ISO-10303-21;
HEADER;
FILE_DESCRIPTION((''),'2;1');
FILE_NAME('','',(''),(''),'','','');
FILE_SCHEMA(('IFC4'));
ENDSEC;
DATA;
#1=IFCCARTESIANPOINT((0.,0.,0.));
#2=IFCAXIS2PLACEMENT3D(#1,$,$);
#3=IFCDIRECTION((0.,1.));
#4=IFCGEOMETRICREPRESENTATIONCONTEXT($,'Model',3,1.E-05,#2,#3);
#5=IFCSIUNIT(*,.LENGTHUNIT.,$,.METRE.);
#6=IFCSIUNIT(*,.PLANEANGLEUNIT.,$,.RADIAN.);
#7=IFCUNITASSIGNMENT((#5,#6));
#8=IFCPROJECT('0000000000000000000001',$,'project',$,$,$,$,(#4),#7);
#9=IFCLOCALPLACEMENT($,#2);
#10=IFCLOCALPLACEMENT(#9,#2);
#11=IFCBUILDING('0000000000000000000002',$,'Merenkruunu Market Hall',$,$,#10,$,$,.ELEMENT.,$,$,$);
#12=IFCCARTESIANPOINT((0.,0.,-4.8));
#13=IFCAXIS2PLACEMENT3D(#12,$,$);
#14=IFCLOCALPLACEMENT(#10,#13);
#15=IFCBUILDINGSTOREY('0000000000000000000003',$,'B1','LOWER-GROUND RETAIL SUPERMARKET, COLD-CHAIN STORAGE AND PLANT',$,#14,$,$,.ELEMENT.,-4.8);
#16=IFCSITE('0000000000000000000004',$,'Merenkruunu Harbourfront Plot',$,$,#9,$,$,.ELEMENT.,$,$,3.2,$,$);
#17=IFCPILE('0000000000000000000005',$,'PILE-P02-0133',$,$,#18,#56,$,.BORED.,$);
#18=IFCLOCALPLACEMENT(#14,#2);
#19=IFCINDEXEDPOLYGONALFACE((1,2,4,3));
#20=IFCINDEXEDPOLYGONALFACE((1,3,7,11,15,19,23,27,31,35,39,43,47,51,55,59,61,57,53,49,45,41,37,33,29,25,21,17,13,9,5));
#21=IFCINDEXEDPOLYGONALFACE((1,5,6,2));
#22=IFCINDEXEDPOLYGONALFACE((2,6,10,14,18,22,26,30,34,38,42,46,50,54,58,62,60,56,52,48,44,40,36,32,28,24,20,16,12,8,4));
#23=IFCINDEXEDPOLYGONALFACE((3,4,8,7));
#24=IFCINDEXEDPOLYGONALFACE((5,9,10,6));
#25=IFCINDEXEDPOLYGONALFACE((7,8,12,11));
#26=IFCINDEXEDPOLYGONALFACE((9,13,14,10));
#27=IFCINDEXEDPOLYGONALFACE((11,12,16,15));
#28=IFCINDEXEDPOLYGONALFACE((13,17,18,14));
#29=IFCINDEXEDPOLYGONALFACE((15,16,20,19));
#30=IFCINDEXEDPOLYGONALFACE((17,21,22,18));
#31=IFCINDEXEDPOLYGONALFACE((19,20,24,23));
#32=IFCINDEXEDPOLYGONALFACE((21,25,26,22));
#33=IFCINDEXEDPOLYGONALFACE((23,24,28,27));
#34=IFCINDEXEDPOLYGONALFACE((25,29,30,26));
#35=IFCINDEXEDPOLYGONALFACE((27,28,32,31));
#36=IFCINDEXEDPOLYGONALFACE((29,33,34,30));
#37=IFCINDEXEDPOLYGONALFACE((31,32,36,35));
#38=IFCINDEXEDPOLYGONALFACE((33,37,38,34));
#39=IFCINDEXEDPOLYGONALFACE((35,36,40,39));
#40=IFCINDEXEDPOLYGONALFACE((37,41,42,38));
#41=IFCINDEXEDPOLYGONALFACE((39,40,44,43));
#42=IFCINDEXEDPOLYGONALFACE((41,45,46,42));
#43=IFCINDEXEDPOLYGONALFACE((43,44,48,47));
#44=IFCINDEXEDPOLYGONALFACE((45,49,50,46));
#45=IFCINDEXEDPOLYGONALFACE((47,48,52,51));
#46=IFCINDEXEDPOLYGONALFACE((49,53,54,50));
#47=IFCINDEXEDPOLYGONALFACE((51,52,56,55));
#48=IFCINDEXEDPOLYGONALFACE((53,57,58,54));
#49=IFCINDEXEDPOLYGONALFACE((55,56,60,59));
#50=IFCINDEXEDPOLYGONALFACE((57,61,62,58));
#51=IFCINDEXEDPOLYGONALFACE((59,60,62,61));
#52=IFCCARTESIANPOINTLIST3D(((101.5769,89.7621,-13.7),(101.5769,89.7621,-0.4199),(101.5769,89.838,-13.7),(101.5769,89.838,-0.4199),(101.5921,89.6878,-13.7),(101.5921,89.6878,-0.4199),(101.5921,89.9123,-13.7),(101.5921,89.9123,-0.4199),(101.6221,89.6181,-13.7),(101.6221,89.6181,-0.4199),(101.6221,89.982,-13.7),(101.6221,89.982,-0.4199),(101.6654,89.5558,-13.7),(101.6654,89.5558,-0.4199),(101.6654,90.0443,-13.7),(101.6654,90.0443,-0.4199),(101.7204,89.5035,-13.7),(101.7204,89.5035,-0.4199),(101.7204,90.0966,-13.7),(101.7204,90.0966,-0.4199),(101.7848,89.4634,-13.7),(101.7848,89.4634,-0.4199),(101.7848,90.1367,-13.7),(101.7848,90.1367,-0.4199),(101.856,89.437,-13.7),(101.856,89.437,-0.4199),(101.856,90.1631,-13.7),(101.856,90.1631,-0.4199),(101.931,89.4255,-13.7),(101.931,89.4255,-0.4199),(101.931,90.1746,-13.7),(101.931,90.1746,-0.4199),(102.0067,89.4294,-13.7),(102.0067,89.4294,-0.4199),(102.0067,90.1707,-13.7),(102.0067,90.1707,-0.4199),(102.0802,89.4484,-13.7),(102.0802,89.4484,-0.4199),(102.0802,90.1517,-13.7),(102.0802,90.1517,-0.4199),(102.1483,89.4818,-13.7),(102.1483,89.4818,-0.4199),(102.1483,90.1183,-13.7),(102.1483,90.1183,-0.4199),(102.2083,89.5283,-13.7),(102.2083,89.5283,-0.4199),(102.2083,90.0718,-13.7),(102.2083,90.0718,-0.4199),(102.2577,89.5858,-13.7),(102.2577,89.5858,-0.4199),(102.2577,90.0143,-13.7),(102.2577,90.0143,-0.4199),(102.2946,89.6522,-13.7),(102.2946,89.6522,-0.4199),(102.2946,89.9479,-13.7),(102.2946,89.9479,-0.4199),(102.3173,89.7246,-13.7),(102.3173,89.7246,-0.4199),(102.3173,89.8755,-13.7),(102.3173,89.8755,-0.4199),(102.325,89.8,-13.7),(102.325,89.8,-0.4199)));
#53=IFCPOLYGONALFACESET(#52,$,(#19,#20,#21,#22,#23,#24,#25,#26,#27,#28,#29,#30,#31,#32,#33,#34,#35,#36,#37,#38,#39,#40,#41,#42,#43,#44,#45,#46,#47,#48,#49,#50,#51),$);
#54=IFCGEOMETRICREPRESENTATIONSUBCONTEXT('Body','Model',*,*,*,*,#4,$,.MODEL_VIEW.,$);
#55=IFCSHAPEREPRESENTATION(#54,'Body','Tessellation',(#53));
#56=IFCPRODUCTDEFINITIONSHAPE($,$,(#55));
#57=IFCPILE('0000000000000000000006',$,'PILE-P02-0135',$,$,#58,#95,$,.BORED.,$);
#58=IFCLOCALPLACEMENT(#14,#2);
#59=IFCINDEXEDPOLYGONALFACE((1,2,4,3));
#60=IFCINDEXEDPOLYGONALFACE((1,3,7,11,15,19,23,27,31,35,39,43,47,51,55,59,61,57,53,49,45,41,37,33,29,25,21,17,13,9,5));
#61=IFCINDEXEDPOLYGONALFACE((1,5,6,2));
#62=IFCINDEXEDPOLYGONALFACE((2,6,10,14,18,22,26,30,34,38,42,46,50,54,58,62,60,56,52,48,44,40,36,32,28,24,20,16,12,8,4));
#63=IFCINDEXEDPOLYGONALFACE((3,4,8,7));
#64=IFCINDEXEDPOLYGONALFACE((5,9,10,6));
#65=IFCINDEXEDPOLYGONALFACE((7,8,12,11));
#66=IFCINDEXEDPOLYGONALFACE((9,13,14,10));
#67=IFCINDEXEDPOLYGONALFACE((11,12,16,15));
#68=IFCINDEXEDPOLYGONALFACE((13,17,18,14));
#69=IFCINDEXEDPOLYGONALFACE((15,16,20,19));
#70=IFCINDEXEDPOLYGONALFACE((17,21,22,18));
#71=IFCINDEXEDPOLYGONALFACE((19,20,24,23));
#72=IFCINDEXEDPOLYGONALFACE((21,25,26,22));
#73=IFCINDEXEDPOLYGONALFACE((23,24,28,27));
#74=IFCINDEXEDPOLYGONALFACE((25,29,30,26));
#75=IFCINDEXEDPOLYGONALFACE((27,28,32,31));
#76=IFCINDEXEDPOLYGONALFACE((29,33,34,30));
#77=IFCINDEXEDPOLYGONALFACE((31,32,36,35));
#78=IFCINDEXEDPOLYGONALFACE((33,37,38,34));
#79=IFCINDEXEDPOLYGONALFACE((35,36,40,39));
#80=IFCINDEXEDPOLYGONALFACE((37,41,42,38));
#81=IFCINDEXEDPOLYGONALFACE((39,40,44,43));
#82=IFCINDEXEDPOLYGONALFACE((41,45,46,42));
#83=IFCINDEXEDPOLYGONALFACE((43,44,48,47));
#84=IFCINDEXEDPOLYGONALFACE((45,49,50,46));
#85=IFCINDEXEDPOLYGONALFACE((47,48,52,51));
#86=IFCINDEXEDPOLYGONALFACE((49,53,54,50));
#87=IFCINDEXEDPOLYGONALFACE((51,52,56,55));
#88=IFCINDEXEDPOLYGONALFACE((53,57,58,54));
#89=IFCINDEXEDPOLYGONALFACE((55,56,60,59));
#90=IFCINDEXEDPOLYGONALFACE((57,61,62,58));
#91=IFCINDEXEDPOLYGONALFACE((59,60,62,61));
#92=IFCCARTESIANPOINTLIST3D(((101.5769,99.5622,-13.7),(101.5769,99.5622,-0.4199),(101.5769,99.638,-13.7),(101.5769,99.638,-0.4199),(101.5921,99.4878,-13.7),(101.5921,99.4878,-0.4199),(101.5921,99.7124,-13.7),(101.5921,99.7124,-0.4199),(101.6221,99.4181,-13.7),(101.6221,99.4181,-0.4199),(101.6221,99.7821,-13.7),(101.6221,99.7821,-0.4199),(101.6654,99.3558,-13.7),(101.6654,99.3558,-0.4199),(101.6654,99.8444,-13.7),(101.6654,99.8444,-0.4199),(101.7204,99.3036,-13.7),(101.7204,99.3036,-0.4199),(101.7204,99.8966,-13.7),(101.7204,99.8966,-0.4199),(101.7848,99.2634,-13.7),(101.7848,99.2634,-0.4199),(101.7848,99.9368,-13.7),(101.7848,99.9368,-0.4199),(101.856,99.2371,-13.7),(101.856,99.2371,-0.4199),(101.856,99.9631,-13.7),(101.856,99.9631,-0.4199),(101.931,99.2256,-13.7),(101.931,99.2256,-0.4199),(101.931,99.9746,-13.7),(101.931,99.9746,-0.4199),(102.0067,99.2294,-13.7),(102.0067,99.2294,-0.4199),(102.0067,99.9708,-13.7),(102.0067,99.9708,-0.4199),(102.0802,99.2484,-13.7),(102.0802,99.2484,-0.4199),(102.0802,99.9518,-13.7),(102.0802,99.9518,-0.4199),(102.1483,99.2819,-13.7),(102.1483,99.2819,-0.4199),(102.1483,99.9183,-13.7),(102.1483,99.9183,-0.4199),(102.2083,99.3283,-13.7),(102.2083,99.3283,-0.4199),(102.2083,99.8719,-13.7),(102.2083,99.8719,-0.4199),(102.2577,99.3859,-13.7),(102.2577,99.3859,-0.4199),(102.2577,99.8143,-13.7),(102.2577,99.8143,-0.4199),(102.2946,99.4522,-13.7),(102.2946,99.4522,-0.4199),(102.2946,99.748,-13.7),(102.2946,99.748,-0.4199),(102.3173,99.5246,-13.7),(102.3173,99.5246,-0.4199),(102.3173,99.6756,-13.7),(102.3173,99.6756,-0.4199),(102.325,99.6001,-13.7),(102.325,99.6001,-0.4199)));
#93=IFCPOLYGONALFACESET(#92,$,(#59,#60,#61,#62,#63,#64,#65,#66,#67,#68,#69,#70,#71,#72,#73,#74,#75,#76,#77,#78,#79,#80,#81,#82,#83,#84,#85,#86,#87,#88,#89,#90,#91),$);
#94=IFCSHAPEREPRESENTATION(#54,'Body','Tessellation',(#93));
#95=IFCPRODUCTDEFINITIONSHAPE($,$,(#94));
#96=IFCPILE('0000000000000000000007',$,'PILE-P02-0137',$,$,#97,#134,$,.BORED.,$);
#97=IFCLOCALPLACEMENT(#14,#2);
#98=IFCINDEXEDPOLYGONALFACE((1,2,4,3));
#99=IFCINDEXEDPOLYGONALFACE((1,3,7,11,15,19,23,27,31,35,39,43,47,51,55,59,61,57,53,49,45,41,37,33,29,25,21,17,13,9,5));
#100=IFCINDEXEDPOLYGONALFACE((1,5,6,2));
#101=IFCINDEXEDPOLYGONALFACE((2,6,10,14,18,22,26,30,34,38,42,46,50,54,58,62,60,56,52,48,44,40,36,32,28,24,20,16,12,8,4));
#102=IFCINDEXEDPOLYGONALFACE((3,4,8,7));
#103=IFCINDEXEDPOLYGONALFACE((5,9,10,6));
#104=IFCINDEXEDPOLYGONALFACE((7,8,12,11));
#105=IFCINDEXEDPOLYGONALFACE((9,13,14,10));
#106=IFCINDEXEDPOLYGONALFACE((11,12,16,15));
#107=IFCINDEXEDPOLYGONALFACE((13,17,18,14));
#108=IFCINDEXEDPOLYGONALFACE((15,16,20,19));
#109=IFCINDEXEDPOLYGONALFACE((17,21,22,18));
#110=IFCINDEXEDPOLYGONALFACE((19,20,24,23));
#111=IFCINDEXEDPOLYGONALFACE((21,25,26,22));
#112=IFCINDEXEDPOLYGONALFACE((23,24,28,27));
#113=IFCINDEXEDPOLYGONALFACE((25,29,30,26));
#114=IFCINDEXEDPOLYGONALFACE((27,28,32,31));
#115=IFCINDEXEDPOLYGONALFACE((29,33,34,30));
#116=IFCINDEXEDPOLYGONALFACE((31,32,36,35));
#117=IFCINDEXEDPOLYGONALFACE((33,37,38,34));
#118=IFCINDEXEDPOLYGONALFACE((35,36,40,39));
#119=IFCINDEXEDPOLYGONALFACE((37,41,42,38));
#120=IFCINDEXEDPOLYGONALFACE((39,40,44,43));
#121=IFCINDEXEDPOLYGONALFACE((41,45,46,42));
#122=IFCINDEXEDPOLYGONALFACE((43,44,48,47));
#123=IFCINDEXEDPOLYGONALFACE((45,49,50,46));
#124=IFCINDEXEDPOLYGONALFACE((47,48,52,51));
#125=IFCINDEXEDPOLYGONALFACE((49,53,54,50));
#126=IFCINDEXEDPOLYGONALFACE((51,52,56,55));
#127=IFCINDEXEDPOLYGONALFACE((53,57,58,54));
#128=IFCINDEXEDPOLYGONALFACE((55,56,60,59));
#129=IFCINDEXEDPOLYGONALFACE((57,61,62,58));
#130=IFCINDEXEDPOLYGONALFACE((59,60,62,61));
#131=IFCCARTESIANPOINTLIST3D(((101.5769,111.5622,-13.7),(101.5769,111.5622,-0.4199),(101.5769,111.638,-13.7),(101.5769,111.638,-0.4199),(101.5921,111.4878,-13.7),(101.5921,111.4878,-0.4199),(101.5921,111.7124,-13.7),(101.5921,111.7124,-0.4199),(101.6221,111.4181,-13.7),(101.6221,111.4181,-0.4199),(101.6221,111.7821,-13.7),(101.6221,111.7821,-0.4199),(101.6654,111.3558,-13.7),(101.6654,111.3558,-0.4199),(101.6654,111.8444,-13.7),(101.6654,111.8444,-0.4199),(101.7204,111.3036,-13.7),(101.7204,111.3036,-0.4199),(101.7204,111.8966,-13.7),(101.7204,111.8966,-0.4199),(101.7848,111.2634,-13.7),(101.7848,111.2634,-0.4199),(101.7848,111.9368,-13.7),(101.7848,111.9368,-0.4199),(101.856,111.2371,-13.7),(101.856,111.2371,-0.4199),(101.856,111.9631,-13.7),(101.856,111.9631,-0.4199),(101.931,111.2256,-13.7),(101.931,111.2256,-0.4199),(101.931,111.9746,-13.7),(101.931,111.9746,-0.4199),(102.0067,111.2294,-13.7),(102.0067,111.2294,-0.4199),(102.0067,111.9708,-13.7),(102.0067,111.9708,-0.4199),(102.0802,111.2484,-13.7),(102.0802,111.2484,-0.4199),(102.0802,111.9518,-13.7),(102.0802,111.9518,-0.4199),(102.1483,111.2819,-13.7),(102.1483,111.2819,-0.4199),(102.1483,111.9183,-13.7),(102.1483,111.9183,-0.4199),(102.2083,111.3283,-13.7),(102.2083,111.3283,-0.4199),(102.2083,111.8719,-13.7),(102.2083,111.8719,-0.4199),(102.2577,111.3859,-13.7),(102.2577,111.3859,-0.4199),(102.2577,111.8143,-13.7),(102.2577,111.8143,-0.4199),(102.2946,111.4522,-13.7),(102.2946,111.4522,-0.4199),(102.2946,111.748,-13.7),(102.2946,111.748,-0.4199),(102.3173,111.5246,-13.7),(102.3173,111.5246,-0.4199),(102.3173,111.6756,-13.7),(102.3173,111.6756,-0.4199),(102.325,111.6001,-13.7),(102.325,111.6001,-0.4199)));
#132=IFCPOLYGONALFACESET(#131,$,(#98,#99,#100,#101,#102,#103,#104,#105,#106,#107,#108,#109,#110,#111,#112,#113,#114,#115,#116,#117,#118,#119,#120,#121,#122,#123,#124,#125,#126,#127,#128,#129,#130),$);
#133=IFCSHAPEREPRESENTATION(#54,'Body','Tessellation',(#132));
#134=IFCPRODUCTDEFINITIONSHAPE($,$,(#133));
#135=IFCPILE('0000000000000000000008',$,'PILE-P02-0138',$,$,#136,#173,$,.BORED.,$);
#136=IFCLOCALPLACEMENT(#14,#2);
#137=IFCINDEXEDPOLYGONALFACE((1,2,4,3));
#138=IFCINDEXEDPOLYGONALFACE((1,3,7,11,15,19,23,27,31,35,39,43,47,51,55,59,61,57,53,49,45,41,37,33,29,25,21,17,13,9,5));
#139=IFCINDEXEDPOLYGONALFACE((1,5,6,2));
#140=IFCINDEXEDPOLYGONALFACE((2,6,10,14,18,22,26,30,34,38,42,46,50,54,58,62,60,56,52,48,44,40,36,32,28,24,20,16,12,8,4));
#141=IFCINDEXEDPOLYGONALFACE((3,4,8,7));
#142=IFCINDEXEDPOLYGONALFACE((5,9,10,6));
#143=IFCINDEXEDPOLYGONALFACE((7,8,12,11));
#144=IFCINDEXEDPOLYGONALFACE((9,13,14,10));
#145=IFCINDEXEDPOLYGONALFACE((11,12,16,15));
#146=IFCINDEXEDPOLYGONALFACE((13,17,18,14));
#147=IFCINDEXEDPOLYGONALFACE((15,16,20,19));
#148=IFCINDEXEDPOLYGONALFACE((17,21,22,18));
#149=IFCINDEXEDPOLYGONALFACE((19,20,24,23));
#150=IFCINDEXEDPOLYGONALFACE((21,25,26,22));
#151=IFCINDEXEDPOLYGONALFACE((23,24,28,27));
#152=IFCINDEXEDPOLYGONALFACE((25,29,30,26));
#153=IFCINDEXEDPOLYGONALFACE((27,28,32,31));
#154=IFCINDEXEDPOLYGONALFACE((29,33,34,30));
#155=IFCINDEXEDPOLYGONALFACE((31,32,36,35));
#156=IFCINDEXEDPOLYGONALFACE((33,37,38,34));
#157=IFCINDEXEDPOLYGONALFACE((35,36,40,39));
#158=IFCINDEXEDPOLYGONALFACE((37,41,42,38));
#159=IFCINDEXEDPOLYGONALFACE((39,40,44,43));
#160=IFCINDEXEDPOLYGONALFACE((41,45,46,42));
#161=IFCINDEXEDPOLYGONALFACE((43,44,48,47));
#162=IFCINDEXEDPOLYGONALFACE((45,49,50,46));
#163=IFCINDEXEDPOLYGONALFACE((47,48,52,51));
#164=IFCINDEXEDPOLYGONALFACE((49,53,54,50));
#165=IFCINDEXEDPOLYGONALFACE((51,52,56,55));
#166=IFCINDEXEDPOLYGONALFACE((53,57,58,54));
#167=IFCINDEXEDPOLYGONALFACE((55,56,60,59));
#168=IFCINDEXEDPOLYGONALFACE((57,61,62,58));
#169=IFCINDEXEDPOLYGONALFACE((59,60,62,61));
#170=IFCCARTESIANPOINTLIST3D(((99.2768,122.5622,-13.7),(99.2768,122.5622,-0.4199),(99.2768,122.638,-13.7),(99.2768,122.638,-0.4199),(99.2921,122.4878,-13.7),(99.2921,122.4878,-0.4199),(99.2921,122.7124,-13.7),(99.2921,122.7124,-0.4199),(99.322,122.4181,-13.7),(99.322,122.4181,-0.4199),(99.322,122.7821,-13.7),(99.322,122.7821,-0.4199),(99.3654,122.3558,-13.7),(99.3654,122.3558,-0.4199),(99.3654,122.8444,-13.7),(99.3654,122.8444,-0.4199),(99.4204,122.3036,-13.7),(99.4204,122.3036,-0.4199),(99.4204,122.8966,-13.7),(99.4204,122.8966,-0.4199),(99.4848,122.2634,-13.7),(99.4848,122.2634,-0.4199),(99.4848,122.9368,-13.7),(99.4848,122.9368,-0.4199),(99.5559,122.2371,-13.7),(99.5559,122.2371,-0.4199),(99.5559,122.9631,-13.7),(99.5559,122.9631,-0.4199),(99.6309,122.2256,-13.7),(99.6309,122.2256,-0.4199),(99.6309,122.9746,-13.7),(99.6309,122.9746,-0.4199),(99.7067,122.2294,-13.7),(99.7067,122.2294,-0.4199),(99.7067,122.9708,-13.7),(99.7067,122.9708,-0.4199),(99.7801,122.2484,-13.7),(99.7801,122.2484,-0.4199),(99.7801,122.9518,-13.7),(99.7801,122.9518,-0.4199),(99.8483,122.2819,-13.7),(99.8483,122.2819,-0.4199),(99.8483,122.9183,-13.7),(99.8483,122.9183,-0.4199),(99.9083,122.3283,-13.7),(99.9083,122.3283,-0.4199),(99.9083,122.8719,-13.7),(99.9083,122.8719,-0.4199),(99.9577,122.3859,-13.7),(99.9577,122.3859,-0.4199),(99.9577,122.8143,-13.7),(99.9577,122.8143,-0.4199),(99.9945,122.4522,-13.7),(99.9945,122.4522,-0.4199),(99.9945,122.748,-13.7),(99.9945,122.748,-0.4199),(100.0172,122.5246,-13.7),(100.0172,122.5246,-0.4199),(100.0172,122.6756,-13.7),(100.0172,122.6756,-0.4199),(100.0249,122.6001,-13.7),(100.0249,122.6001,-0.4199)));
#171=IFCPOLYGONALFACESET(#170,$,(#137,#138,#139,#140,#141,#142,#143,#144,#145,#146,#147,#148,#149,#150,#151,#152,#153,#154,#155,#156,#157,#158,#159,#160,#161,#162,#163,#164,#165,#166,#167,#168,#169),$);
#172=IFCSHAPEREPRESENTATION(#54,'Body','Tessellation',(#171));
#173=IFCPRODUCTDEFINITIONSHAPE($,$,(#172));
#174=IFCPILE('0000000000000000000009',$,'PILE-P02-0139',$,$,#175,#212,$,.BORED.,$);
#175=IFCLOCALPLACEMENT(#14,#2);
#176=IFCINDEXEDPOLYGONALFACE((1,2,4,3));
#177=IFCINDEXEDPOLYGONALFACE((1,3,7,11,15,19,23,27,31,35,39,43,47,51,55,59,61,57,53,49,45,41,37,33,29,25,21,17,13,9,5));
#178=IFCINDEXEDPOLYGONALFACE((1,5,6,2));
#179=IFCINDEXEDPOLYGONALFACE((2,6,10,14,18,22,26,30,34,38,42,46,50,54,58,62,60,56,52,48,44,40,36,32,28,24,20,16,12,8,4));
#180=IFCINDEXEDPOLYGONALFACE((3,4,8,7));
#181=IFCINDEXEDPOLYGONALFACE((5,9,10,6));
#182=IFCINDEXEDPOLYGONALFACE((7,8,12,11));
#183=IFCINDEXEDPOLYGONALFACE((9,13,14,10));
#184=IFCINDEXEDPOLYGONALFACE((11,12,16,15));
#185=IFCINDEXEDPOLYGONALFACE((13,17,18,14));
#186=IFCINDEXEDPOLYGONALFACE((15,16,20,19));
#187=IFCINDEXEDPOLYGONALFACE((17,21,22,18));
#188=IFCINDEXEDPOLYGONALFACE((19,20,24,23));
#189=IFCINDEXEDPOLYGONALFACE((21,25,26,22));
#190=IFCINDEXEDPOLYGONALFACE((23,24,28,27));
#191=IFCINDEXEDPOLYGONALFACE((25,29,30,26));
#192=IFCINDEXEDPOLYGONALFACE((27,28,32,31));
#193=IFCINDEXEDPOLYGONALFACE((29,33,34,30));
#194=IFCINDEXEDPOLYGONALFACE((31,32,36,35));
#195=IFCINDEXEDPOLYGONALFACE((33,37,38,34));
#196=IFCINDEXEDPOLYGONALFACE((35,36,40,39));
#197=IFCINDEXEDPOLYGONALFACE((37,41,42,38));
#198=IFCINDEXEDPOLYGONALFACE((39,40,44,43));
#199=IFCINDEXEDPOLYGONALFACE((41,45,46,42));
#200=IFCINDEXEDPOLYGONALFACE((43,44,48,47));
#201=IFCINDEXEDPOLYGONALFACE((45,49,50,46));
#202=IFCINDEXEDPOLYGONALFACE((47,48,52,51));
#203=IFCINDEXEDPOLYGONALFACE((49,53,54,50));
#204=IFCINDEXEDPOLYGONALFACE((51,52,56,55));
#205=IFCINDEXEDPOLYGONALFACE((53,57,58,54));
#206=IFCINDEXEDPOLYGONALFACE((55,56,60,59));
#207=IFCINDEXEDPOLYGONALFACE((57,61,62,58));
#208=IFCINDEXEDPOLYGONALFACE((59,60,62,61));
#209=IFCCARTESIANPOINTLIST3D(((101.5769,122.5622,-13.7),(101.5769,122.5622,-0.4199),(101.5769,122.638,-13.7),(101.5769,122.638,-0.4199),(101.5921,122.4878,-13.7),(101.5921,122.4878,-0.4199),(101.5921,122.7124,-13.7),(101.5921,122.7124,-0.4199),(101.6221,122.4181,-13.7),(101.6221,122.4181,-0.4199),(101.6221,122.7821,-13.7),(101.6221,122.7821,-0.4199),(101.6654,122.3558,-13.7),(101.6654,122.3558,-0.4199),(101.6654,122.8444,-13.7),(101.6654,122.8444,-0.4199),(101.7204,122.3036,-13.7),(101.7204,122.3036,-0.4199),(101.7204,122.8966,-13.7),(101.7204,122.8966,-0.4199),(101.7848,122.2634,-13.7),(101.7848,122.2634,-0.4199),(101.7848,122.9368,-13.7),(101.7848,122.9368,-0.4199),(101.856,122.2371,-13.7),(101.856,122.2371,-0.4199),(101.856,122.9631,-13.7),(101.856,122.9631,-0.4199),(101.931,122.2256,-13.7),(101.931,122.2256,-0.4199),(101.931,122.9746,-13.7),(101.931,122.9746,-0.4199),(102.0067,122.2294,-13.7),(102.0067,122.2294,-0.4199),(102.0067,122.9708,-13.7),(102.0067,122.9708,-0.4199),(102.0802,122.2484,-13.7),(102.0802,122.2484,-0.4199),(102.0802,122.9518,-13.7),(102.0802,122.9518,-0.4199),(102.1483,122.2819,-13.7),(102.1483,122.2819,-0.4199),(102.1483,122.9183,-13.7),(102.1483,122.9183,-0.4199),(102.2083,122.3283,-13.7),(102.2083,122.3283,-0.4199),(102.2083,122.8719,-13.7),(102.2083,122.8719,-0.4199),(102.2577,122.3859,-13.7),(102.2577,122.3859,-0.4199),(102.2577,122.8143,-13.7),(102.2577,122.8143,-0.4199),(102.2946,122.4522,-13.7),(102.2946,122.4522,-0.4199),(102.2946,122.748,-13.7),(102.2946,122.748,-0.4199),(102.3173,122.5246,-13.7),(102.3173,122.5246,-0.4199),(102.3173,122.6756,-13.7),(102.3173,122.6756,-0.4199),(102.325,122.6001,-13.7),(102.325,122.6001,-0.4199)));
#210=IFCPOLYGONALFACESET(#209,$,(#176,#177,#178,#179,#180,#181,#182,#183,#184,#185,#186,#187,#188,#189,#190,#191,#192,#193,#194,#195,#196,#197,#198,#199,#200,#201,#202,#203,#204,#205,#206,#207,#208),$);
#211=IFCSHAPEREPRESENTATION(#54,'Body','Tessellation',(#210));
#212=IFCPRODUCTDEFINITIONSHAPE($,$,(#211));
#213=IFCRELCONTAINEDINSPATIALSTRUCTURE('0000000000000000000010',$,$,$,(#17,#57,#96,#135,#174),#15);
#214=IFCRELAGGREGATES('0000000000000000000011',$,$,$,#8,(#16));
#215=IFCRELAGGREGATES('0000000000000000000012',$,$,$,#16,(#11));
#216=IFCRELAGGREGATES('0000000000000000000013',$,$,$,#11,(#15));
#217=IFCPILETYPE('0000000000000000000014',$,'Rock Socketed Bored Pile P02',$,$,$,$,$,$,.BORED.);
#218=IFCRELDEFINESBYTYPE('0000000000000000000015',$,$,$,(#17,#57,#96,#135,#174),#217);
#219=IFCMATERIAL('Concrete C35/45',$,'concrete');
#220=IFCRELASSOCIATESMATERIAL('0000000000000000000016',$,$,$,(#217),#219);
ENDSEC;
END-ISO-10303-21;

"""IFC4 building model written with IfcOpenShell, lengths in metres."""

from ifc_helpers import new_model, si_unit, direction, frame, origin, origin_2d, place, context, subcontext, project, spatial, circle, extrude, material, material_profile, profile_set, type_object, element, save


model = new_model("IFC4")

# Units and contexts
model_context = context("Model", 3, precision=1e-05, world=origin(), true_north=direction((0.0, 1.0)))
body_context = subcontext(model_context, "Body", "Model", "MODEL_VIEW")
ifc_project = project(units=[si_unit("LENGTHUNIT", "METRE"), si_unit("PLANEANGLEUNIT", "RADIAN")], contexts=[model_context])

# Site, building, storey
site_placement = place(None, origin())
site = spatial("IfcSite", under=ifc_project, at=site_placement, Name="Merenkruunu Harbourfront Plot", CompositionType="ELEMENT", RefElevation=3.2)
building_placement = place(site_placement, origin())
building = spatial("IfcBuilding", under=site, at=building_placement, Name="Merenkruunu Market Hall", CompositionType="ELEMENT")
storey_placement = place(building_placement, frame((0.0, 0.0, -4.8)))
storey = spatial("IfcBuildingStorey", under=building, at=storey_placement, Name="B1", Description="LOWER-GROUND RETAIL SUPERMARKET, COLD-CHAIN STORAGE AND PLANT", CompositionType="ELEMENT", Elevation=-4.8)

# Piles
ifc_material_1 = material(Name="Concrete C35/45", Category="concrete")
ifc_material_profile_1 = material_profile(ifc_material_1, circle(Radius=0.375, at=origin_2d()), Name="BORED PILE 750")
ifc_profile_set_1 = profile_set([ifc_material_profile_1], Name="Concrete C35/45")
pile_type = type_object("IfcPileType", Name="Rock Socketed Bored Pile P02", PredefinedType="BORED", material=ifc_profile_set_1)
for number, where, z_axis, x_axis, name in (
    (1, (101.95, 89.8, -0.4199), (0.0, 0.0, -1.0), (1.0, 0.0, 0.0), "PILE-P02-0133"),
    (2, (101.95, 99.6001, -0.4199), (0.0, 0.0, -1.0), (1.0, 0.0, 0.0), "PILE-P02-0135"),
    (3, (101.95, 111.6001, -0.4199), (0.0, 0.0, -1.0), (1.0, 0.0, 0.0), "PILE-P02-0137"),
    (4, (99.6499, 122.6001, -0.4199), (0.0, 0.0, -1.0), (1.0, 0.0, 0.0), "PILE-P02-0138"),
    (5, (101.95, 122.6001, -0.4199), (0.0, 0.0, -1.0), (1.0, 0.0, 0.0), "PILE-P02-0139"),
):
    element("IfcPile", number, at=place(storey_placement, frame(where, z_axis=z_axis, x_axis=x_axis)), inside=storey, type_object=pile_type, Name=name, PredefinedType="BORED", context=body_context, shape_type="SweptSolid", body=[
        extrude(circle(Radius=0.375, at=origin_2d()), origin(), (0.0, 0.0, 1.0), 13.28),
    ])

save(model, "model.ifc")
